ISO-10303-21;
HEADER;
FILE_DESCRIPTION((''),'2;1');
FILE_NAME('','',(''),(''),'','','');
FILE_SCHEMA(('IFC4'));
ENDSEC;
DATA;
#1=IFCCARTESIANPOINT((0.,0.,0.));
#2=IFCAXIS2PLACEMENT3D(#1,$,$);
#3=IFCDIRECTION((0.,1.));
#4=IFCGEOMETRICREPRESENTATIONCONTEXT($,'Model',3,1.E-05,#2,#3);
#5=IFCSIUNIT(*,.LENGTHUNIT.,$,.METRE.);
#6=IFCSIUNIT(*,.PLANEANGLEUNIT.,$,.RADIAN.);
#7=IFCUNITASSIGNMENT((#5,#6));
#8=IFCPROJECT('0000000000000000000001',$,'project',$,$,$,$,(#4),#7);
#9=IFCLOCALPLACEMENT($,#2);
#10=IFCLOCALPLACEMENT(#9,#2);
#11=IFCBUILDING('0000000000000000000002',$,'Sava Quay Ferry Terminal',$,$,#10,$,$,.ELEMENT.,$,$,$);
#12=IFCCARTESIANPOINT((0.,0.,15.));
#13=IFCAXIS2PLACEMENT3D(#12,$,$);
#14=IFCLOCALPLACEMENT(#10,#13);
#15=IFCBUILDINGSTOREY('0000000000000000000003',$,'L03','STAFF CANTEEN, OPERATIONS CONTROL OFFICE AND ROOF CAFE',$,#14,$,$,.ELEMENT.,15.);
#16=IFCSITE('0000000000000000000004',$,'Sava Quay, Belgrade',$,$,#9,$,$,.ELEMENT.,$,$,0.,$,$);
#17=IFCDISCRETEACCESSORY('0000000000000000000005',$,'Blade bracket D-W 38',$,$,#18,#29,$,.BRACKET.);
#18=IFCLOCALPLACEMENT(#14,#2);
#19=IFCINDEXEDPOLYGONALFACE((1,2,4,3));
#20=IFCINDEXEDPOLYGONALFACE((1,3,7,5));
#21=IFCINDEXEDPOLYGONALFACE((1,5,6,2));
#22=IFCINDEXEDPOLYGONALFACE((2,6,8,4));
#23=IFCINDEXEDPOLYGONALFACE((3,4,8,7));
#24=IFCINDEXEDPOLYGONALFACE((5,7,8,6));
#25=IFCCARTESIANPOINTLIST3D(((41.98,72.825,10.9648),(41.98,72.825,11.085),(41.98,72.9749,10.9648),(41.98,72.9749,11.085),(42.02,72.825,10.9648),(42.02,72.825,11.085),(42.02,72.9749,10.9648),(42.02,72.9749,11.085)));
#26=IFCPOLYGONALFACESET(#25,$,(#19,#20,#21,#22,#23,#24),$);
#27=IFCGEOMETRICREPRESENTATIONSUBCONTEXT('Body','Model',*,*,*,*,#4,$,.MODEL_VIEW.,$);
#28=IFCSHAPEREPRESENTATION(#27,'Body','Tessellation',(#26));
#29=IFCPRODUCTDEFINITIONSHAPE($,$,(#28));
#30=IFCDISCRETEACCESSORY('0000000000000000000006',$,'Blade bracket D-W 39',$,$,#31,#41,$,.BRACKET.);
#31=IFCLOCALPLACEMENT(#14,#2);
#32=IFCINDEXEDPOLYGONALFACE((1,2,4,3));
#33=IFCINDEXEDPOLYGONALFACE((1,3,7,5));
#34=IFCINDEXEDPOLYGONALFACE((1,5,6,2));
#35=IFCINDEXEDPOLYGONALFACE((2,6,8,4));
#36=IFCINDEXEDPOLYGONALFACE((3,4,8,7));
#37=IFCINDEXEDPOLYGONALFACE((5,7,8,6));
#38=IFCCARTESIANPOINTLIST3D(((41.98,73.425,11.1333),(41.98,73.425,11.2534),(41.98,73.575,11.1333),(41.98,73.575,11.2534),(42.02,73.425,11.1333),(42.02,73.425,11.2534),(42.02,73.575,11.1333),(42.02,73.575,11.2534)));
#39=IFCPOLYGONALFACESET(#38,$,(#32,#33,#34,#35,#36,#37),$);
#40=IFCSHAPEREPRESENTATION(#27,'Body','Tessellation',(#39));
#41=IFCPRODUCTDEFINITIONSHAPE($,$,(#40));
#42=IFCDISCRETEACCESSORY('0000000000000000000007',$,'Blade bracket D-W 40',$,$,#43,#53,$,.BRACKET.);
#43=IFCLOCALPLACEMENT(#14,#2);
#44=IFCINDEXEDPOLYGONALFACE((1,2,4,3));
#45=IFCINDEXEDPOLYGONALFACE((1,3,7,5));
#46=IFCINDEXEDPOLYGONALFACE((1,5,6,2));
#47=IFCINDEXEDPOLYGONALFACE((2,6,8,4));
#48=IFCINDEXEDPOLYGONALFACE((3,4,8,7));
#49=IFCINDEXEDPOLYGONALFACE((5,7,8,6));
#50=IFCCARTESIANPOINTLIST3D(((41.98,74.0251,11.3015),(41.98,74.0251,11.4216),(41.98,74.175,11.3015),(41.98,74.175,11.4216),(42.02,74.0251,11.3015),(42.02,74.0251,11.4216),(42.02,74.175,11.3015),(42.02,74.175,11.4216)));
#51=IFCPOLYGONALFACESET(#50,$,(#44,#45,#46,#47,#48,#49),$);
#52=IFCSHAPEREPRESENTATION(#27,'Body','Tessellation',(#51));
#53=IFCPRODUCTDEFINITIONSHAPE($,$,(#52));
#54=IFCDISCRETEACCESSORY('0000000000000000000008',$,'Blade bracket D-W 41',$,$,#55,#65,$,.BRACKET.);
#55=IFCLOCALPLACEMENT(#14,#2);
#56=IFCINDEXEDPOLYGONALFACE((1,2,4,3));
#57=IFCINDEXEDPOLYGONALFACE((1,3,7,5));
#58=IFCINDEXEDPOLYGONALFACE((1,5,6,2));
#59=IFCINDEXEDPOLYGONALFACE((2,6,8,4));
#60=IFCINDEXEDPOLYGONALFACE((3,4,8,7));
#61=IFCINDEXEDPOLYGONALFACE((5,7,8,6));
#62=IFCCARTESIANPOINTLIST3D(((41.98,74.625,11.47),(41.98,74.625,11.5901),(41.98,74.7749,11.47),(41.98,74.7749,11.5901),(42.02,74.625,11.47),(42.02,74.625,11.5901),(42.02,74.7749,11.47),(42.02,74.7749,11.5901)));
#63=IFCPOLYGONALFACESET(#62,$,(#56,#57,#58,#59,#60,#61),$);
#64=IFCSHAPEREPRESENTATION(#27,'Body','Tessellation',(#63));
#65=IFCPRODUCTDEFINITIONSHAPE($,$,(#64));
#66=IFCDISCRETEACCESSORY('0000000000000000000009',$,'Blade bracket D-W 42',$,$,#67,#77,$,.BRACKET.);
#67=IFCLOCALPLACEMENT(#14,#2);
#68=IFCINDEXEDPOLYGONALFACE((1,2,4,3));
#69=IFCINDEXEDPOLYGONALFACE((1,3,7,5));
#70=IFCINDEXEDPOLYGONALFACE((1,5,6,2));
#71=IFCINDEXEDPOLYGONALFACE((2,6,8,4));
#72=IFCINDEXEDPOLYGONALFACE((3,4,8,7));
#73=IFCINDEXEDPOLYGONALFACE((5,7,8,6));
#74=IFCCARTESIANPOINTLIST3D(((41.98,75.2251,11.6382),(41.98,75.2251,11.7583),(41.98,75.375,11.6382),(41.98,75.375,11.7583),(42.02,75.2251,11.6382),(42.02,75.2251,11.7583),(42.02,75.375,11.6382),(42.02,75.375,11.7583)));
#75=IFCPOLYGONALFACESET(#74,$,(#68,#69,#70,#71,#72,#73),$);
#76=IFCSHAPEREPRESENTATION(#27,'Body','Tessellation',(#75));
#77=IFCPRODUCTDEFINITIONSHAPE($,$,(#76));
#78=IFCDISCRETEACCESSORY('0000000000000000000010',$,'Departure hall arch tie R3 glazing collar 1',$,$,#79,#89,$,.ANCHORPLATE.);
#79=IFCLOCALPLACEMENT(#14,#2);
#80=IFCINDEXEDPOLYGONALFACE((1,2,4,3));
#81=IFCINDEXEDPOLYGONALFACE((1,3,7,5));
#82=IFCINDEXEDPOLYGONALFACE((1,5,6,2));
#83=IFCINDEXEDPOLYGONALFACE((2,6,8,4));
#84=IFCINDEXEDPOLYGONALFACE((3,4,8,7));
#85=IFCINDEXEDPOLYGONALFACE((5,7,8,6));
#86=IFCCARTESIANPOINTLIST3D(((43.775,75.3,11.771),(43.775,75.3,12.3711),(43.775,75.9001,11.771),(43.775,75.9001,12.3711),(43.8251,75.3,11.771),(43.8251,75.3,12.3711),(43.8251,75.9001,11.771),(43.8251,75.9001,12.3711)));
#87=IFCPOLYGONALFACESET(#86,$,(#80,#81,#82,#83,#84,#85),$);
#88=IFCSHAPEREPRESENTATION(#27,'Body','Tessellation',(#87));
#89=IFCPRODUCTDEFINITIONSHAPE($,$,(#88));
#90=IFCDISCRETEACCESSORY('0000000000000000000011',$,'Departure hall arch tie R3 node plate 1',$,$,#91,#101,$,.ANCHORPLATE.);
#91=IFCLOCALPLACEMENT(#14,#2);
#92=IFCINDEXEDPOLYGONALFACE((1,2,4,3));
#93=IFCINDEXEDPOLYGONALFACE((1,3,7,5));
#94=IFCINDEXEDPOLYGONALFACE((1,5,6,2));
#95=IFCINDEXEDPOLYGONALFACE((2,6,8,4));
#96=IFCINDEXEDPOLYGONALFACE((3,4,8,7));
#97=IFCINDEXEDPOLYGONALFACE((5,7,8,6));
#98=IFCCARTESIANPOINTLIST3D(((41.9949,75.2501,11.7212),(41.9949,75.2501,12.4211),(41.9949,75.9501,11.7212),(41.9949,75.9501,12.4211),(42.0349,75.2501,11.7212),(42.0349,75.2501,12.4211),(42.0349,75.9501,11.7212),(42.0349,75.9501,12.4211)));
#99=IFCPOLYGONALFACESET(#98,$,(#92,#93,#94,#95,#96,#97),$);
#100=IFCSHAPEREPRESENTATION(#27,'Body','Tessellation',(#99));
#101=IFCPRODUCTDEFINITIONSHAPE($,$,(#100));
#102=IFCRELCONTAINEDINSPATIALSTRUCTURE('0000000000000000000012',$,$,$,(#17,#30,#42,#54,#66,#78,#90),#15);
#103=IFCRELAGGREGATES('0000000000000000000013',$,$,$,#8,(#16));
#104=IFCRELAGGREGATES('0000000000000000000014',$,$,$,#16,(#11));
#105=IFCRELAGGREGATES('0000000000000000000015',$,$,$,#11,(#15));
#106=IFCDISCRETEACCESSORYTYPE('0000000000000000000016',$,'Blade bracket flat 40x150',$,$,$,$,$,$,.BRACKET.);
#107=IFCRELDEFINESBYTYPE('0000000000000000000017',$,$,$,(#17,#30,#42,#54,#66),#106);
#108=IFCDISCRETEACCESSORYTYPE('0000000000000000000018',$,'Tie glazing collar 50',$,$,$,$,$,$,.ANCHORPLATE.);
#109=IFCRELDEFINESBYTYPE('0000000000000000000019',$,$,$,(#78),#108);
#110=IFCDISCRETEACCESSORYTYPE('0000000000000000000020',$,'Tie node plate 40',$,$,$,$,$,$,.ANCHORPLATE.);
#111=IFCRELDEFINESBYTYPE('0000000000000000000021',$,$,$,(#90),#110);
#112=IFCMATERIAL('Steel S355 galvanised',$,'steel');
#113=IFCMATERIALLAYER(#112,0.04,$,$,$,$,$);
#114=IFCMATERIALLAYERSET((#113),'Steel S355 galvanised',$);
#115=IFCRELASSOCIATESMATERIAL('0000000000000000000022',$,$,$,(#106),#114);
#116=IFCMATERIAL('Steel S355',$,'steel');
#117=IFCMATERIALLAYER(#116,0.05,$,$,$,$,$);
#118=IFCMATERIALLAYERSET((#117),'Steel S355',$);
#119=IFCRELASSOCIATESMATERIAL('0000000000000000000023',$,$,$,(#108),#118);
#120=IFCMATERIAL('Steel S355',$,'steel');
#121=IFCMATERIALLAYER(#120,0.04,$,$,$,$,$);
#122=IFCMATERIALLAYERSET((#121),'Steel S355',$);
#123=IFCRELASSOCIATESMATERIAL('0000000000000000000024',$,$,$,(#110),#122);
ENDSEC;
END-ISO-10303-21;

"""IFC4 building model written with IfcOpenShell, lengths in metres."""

from ifc_helpers import new_model, si_unit, direction, frame, origin, origin_2d, place, context, subcontext, project, spatial, rectangle, extrude, material, layer, layer_set, type_object, element, save


model = new_model("IFC4")

# Units and contexts
model_context = context("Model", 3, precision=1e-05, world=origin(), true_north=direction((0.0, 1.0)))
body_context = subcontext(model_context, "Body", "Model", "MODEL_VIEW")
ifc_project = project(units=[si_unit("LENGTHUNIT", "METRE"), si_unit("PLANEANGLEUNIT", "RADIAN")], contexts=[model_context])

# Site, building, storey
site_placement = place(None, origin())
site = spatial("IfcSite", under=ifc_project, at=site_placement, Name="Sava Quay, Belgrade", CompositionType="ELEMENT", RefElevation=0.0)
building_placement = place(site_placement, origin())
building = spatial("IfcBuilding", under=site, at=building_placement, Name="Sava Quay Ferry Terminal", CompositionType="ELEMENT")
storey_placement = place(building_placement, frame((0.0, 0.0, 15.0)))
storey = spatial("IfcBuildingStorey", under=building, at=storey_placement, Name="L03", Description="STAFF CANTEEN, OPERATIONS CONTROL OFFICE AND ROOF CAFE", CompositionType="ELEMENT", Elevation=15.0)

# Discrete accessories
ifc_material_1 = material(Name="Steel S355 galvanised", Category="steel")
ifc_layer_1 = layer(ifc_material_1, 0.04)
ifc_layer_set_1 = layer_set([ifc_layer_1], Name="Steel S355 galvanised")
discrete_accessory_type_1 = type_object("IfcDiscreteAccessoryType", Name="Blade bracket flat 40x150", PredefinedType="BRACKET", material=ifc_layer_set_1)
for number, where, z_axis, x_axis, name in (
    (1, (42.0, 72.8999, 10.9648), (0.0, 0.0, 1.0), (1.0, 0.0, 0.0), "Blade bracket D-W 38"),
    (2, (42.0, 73.5, 11.1333), (0.0, 0.0, 1.0), (1.0, 0.0, 0.0), "Blade bracket D-W 39"),
    (3, (42.0, 74.1001, 11.3015), (0.0, 0.0, 1.0), (1.0, 0.0, 0.0), "Blade bracket D-W 40"),
    (4, (42.0, 74.7, 11.47), (0.0, 0.0, 1.0), (1.0, 0.0, 0.0), "Blade bracket D-W 41"),
    (5, (42.0, 75.3, 11.6382), (0.0, 0.0, 1.0), (1.0, 0.0, 0.0), "Blade bracket D-W 42"),
):
    element("IfcDiscreteAccessory", number, at=place(storey_placement, frame(where, z_axis=z_axis, x_axis=x_axis)), inside=storey, type_object=discrete_accessory_type_1, Name=name, PredefinedType="BRACKET", context=body_context, shape_type="SweptSolid", body=[
        extrude(rectangle(XDim=0.04, YDim=0.1499, at=origin_2d()), origin(), (0.0, 0.0, 1.0), 0.1201),
    ])
ifc_material_2 = material(Name="Steel S355", Category="steel")
ifc_layer_2 = layer(ifc_material_2, 0.05)
ifc_layer_set_2 = layer_set([ifc_layer_2], Name="Steel S355")
discrete_accessory_type_2 = type_object("IfcDiscreteAccessoryType", Name="Tie glazing collar 50", PredefinedType="ANCHORPLATE", material=ifc_layer_set_2)
discrete_accessory_1_placement = place(storey_placement, frame((43.8, 75.6001, 11.771), z_axis=(0.0, 0.0, 1.0), x_axis=(1.0, 0.0, 0.0)))
element("IfcDiscreteAccessory", 6, at=discrete_accessory_1_placement, inside=storey, type_object=discrete_accessory_type_2, Name="Departure hall arch tie R3 glazing collar 1", PredefinedType="ANCHORPLATE", context=body_context, shape_type="SweptSolid", body=[
    extrude(rectangle(XDim=0.05, YDim=0.6001, at=origin_2d()), origin(), (0.0, 0.0, 1.0), 0.6001),
])
ifc_material_3 = material(Name="Steel S355", Category="steel")
ifc_layer_3 = layer(ifc_material_3, 0.04)
ifc_layer_set_3 = layer_set([ifc_layer_3], Name="Steel S355")
discrete_accessory_type_3 = type_object("IfcDiscreteAccessoryType", Name="Tie node plate 40", PredefinedType="ANCHORPLATE", material=ifc_layer_set_3)
discrete_accessory_2_placement = place(storey_placement, frame((42.0149, 75.6001, 11.7212), z_axis=(0.0, 0.0, 1.0), x_axis=(1.0, 0.0, 0.0)))
element("IfcDiscreteAccessory", 7, at=discrete_accessory_2_placement, inside=storey, type_object=discrete_accessory_type_3, Name="Departure hall arch tie R3 node plate 1", PredefinedType="ANCHORPLATE", context=body_context, shape_type="SweptSolid", body=[
    extrude(rectangle(XDim=0.04, YDim=0.7, at=origin_2d()), origin(), (0.0, 0.0, 1.0), 0.7),
])

save(model, "model.ifc")
